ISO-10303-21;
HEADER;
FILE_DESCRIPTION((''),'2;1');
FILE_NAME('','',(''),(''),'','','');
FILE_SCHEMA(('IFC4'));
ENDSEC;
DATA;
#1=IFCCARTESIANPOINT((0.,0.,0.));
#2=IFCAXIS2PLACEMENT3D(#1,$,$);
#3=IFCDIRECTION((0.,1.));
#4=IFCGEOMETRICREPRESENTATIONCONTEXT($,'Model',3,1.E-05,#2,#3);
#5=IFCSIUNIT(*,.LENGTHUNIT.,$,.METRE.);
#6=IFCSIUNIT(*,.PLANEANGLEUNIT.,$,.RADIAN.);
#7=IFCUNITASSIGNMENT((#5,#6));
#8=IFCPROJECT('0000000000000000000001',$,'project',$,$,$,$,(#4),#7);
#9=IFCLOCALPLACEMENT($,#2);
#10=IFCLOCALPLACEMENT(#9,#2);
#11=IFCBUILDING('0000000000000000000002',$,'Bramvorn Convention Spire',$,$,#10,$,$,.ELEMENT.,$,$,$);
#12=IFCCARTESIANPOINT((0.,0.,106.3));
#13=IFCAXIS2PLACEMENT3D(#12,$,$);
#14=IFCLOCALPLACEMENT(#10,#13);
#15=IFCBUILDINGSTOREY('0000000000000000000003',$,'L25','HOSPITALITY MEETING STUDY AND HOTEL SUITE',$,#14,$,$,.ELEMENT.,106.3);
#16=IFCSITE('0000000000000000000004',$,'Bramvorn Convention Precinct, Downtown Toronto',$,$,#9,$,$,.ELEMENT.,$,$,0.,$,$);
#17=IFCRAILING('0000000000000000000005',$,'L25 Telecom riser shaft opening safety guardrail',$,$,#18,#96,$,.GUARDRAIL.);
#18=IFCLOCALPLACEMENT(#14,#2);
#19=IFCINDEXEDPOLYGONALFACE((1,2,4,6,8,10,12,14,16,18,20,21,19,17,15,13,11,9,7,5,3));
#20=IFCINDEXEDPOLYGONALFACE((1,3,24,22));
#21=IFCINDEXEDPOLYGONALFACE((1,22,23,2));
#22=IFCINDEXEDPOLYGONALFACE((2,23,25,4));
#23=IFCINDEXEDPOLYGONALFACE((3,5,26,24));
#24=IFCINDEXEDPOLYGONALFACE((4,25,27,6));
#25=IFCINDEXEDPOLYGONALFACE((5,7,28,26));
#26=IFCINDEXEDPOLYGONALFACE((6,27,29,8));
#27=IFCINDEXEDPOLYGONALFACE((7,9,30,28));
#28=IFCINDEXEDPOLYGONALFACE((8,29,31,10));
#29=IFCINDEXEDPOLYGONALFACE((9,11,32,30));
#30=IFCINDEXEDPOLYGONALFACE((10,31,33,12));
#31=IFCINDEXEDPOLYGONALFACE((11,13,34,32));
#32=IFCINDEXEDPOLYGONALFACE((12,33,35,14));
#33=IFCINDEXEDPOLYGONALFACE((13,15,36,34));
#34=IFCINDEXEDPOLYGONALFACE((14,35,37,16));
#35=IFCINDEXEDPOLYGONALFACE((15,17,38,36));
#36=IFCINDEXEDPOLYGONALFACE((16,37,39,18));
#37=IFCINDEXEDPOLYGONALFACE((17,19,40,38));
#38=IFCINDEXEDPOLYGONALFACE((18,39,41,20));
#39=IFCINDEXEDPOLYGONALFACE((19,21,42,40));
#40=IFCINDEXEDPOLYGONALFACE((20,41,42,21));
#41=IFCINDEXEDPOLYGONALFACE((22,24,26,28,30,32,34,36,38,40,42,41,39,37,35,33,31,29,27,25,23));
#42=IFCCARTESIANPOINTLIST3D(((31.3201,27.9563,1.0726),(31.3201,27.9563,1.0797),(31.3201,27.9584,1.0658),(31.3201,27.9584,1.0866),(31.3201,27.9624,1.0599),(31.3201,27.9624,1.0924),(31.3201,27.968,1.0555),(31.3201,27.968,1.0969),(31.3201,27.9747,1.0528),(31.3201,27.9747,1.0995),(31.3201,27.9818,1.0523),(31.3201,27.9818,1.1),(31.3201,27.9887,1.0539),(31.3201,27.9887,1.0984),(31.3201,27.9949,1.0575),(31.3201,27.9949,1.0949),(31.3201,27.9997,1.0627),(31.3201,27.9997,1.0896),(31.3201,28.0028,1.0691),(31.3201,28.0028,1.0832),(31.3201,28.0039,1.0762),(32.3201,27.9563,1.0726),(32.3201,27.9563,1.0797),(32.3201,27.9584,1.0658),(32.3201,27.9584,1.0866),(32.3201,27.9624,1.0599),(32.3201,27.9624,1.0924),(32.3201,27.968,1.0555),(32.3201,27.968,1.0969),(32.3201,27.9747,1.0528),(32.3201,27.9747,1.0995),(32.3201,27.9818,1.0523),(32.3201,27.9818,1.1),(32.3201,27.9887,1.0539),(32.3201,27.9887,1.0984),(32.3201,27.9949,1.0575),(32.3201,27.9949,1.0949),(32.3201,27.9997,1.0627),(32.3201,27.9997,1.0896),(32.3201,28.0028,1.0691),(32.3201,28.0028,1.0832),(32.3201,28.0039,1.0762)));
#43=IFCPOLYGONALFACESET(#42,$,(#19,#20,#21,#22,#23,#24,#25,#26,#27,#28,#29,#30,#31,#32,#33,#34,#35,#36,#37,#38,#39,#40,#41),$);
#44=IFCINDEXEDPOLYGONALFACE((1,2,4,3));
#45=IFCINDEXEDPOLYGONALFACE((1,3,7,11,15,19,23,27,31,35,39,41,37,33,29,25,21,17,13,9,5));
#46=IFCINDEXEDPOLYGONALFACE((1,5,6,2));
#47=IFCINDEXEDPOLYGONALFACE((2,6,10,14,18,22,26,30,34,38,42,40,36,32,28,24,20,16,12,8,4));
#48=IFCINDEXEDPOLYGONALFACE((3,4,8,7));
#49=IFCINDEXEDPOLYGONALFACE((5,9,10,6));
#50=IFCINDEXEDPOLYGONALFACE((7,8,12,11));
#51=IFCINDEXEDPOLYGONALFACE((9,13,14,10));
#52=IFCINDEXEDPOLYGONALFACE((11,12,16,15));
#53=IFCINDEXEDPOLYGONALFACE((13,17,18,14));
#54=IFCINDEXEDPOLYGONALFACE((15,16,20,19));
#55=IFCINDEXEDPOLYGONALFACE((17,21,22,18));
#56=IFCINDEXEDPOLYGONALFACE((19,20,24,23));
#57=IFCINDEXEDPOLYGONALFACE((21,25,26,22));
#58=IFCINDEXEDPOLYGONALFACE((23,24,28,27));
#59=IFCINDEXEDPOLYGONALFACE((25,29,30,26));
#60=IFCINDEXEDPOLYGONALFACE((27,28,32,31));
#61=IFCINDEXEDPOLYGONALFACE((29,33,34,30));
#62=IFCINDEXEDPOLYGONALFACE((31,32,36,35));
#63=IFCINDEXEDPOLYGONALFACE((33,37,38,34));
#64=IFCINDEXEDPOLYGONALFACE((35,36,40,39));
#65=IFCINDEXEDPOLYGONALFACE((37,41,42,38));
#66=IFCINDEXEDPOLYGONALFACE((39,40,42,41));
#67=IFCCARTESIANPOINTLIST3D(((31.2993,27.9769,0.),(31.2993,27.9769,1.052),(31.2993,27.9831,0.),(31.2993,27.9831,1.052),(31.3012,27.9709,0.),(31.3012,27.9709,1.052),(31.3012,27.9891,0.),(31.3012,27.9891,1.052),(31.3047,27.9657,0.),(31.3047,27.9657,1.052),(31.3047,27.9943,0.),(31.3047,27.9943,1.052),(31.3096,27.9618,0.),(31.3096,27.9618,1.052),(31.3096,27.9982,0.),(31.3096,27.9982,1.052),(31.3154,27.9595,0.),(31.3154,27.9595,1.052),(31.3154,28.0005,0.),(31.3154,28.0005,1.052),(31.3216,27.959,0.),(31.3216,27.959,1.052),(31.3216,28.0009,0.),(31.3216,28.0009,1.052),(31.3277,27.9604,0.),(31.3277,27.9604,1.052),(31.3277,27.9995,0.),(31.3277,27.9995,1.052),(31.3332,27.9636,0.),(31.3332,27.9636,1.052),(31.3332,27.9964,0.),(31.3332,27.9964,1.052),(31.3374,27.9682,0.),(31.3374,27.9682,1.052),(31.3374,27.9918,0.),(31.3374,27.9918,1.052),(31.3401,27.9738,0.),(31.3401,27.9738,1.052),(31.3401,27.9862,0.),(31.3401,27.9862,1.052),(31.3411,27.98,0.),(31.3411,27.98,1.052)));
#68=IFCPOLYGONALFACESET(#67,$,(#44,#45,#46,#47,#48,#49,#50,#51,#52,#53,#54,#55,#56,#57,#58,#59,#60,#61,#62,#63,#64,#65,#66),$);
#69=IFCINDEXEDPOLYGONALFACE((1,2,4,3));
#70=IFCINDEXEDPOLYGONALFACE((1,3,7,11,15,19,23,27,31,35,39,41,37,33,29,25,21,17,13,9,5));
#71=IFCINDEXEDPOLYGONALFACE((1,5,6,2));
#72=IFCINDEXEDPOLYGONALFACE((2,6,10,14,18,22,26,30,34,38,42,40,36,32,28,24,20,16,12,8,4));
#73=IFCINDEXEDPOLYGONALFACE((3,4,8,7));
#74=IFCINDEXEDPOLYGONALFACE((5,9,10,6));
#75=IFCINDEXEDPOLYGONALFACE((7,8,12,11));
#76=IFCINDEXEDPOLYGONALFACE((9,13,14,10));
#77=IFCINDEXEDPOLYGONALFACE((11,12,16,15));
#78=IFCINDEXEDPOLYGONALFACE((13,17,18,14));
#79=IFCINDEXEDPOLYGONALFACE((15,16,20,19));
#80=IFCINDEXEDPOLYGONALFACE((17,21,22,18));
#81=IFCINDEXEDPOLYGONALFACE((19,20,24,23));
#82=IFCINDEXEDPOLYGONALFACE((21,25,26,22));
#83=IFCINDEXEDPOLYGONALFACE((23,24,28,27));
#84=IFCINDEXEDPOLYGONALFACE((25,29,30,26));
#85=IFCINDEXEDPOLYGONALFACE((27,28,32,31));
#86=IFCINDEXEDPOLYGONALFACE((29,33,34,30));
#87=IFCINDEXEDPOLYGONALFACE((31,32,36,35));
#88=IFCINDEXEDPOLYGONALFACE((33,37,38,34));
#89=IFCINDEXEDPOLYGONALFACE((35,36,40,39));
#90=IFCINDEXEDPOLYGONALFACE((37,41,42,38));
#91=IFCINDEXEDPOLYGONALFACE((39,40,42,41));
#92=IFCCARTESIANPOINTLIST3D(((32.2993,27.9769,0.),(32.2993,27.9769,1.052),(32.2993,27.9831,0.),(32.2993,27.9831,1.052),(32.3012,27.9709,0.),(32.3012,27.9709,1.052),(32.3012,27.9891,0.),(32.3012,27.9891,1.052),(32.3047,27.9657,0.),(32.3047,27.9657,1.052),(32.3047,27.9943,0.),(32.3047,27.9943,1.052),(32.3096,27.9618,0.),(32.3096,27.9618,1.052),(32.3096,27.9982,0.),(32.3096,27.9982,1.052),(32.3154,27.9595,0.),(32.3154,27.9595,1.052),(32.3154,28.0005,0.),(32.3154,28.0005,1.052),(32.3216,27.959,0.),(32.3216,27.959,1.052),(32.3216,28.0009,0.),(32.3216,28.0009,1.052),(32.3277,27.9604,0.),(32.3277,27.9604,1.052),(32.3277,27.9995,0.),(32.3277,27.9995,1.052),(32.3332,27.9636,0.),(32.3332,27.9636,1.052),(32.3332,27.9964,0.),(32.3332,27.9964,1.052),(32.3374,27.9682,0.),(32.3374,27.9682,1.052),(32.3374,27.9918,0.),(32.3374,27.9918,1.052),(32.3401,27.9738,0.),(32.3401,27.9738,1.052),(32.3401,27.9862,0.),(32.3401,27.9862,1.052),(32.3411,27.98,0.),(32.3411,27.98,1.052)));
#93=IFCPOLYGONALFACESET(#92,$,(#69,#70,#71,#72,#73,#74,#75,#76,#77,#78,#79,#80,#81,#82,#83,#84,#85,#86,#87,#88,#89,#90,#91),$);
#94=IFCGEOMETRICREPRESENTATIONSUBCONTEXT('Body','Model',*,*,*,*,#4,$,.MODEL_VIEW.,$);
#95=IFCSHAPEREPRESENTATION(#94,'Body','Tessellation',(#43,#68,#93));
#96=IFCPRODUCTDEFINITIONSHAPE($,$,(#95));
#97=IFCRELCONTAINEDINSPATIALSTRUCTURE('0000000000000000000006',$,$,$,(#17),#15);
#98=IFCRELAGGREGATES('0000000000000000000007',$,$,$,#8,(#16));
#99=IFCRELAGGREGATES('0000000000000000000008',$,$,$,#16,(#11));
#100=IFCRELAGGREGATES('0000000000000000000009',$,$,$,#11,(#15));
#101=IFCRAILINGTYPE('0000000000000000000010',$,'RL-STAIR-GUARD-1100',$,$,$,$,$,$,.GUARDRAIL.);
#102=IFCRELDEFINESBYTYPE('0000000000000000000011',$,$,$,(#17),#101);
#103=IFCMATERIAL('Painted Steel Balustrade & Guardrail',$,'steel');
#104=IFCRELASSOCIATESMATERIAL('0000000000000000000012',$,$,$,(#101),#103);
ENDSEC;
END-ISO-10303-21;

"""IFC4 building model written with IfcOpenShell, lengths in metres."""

from ifc_helpers import new_model, si_unit, direction, frame, origin, origin_2d, place, context, subcontext, project, spatial, circle, extrude, material, type_object, element, save


model = new_model("IFC4")

# Units and contexts
model_context = context("Model", 3, precision=1e-05, world=origin(), true_north=direction((0.0, 1.0)))
body_context = subcontext(model_context, "Body", "Model", "MODEL_VIEW")
ifc_project = project(units=[si_unit("LENGTHUNIT", "METRE"), si_unit("PLANEANGLEUNIT", "RADIAN")], contexts=[model_context])

# Site, building, storey
site_placement = place(None, origin())
site = spatial("IfcSite", under=ifc_project, at=site_placement, Name="Bramvorn Convention Precinct, Downtown Toronto", CompositionType="ELEMENT", RefElevation=0.0)
building_placement = place(site_placement, origin())
building = spatial("IfcBuilding", under=site, at=building_placement, Name="Bramvorn Convention Spire", CompositionType="ELEMENT")
storey_placement = place(building_placement, frame((0.0, 0.0, 106.3)))
storey = spatial("IfcBuildingStorey", under=building, at=storey_placement, Name="L25", Description="HOSPITALITY MEETING STUDY AND HOTEL SUITE", CompositionType="ELEMENT", Elevation=106.3)

# Railing
ifc_material_1 = material(Name="Painted Steel Balustrade & Guardrail", Category="steel")
railing_type = type_object("IfcRailingType", Name="RL-STAIR-GUARD-1100", PredefinedType="GUARDRAIL", material=ifc_material_1)
railing_placement = place(storey_placement, frame((31.3201, 27.98, 0.0)))
element("IfcRailing", 1, at=railing_placement, inside=storey, type_object=railing_type, Name="L25 Telecom riser shaft opening safety guardrail", PredefinedType="GUARDRAIL", context=body_context, shape_type="SweptSolid", body=[
    extrude(circle(Radius=0.0239, at=origin_2d()), frame((0.0, 0.0, 1.0762), z_axis=(1.0, 0.0, 0.0), x_axis=(0.0, 1.0, 0.0)), (0.0, 0.0, 1.0), 1.0),
    extrude(circle(Radius=0.021, at=origin_2d()), origin(), (0.0, 0.0, 1.0), 1.052),
    extrude(circle(Radius=0.021, at=origin_2d()), frame((1.0, 0.0, 0.0)), (0.0, 0.0, 1.0), 1.052),
])

save(model, "model.ifc")
